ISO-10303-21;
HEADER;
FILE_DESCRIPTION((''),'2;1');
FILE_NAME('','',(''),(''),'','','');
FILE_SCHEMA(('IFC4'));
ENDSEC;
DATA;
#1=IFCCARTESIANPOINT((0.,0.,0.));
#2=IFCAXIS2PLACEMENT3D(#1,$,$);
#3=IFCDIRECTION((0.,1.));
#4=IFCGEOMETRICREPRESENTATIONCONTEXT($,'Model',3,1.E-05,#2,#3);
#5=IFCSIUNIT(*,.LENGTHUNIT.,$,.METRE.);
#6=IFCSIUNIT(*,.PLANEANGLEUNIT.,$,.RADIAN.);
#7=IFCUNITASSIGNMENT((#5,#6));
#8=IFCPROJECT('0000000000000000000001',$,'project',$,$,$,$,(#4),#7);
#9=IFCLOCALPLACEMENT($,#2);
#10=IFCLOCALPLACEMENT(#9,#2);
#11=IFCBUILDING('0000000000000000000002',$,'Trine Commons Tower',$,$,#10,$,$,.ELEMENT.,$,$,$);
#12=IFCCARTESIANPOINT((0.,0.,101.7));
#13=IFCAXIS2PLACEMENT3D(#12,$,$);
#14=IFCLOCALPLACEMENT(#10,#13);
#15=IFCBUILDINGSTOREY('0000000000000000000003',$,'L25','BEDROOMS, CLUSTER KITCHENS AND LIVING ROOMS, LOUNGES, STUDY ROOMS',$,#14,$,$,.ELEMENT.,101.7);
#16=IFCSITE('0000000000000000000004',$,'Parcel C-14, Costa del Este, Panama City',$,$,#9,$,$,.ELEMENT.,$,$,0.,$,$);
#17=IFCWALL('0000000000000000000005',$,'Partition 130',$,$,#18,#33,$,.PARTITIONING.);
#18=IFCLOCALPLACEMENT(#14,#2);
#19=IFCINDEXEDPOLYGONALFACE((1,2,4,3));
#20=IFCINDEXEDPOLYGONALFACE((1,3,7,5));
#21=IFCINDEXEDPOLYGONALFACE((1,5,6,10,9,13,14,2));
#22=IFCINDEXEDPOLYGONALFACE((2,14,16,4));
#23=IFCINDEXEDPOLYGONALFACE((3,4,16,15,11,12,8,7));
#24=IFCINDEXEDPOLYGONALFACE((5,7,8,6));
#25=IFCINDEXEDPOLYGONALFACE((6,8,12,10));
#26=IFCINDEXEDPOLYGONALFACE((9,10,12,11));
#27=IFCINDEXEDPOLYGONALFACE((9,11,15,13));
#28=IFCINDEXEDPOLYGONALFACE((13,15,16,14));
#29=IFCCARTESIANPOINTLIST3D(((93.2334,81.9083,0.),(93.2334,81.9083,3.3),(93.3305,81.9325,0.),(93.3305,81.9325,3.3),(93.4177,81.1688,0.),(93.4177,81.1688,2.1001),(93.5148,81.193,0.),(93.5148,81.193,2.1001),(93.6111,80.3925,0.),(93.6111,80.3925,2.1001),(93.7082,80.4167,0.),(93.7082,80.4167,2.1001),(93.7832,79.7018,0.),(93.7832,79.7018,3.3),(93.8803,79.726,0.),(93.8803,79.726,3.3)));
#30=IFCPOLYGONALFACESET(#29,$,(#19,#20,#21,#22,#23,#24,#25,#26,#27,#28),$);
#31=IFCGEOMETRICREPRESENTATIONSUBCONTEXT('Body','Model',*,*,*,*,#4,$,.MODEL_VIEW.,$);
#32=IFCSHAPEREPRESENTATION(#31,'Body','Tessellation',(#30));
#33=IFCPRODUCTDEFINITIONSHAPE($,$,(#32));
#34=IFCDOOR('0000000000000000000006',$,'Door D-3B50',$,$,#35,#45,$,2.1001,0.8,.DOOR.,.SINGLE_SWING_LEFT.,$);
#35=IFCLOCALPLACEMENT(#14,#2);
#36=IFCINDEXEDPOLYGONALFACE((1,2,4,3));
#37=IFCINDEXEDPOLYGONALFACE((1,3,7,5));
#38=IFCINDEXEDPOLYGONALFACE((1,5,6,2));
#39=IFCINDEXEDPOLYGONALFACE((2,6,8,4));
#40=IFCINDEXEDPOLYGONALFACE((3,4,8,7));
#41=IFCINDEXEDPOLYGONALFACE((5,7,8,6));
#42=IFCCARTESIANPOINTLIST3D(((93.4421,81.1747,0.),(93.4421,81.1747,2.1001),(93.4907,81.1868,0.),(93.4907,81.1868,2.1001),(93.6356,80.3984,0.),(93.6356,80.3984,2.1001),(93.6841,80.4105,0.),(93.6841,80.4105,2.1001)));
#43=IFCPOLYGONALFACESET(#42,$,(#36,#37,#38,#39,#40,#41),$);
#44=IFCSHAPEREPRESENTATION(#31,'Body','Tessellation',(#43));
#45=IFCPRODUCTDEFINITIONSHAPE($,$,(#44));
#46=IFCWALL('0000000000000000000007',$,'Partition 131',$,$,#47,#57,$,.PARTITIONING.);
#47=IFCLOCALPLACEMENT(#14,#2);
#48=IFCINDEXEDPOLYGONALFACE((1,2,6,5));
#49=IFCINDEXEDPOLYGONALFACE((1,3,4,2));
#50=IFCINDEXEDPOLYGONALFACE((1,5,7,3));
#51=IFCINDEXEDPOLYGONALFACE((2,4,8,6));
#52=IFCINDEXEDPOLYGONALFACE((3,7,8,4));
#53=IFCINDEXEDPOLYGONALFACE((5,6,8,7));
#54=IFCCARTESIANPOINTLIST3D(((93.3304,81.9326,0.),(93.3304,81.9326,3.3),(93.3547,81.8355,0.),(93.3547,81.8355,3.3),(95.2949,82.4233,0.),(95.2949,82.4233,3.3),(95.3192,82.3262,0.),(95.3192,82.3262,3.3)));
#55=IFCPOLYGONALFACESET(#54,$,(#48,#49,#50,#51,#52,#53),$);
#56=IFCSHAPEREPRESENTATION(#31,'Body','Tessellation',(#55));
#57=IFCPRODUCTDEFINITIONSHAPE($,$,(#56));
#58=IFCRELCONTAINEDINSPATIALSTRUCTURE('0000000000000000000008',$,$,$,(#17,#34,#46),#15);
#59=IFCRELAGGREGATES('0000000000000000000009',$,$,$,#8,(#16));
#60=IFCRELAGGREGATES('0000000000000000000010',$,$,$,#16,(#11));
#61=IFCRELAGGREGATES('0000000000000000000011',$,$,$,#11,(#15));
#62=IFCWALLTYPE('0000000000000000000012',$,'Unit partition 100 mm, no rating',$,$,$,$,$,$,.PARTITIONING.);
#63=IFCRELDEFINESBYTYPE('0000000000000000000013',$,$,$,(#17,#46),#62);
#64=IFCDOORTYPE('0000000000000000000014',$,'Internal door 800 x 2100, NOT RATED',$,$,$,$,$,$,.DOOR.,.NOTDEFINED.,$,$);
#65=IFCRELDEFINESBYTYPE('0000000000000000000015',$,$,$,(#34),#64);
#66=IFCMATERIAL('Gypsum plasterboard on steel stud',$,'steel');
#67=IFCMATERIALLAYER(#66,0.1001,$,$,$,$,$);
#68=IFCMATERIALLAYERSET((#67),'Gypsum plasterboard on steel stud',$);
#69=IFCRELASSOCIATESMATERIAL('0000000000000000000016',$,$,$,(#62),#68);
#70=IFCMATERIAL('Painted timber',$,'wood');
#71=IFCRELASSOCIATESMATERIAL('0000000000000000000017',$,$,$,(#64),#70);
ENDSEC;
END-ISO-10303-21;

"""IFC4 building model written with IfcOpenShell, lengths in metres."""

from ifc_helpers import new_model, si_unit, direction, frame, frame_2d, origin, place, context, subcontext, project, spatial, rectangle, extrude, material, layer, layer_set, type_object, element, fill, save


model = new_model("IFC4")

# Units and contexts
model_context = context("Model", 3, precision=1e-05, world=origin(), true_north=direction((0.0, 1.0)))
body_context = subcontext(model_context, "Body", "Model", "MODEL_VIEW")
ifc_project = project(units=[si_unit("LENGTHUNIT", "METRE"), si_unit("PLANEANGLEUNIT", "RADIAN")], contexts=[model_context])

# Site, building, storey
site_placement = place(None, origin())
site = spatial("IfcSite", under=ifc_project, at=site_placement, Name="Parcel C-14, Costa del Este, Panama City", CompositionType="ELEMENT", RefElevation=0.0)
building_placement = place(site_placement, origin())
building = spatial("IfcBuilding", under=site, at=building_placement, Name="Trine Commons Tower", CompositionType="ELEMENT")
storey_placement = place(building_placement, frame((0.0, 0.0, 101.7)))
storey = spatial("IfcBuildingStorey", under=building, at=storey_placement, Name="L25", Description="BEDROOMS, CLUSTER KITCHENS AND LIVING ROOMS, LOUNGES, STUDY ROOMS", CompositionType="ELEMENT", Elevation=101.7)

# Shared definitions
ifc_material_1 = material(Name="Gypsum plasterboard on steel stud", Category="steel")

# Wall, opening, door
ifc_layer_1 = layer(ifc_material_1, 0.1001)
ifc_layer_set_1 = layer_set([ifc_layer_1], Name="Gypsum plasterboard on steel stud")
wall_type_1 = type_object("IfcWallType", Name="Unit partition 100 mm, no rating", PredefinedType="PARTITIONING", material=ifc_layer_set_1)
wall_1_placement = place(storey_placement, frame((93.282, 81.9204, 0.0), z_axis=(0.0, 0.0, 1.0), x_axis=(0.241778, -0.970332, 0.0)))
wall_1 = element("IfcWall", 1, at=wall_1_placement, inside=storey, type_object=wall_type_1, Name="Partition 130", PredefinedType="PARTITIONING", context=body_context, shape_type="SweptSolid", body=[
    extrude(rectangle(XDim=2.2739, YDim=0.1001, at=frame_2d((1.137, 0.0))), origin(), (0.0, 0.0, 1.0), 3.3),
])
opening_1_placement = place(wall_1_placement, frame((0.7622, 0.0, 0.0)))
opening_1 = element("IfcOpeningElement", 2, at=opening_1_placement, cuts=wall_1, PredefinedType="OPENING", context=body_context, shape_type="SweptSolid", body=[
    extrude(rectangle(XDim=0.8, YDim=2.1001, at=frame_2d((0.3999, 1.05))), frame((0.0, 0.0601, 0.0), z_axis=(0.0, -1.0, 0.0), x_axis=(1.0, 0.0, 0.0)), (0.0, 0.0, 1.0), 0.1201),
])
ifc_material_2 = material(Name="Painted timber", Category="wood")
door_type_1 = type_object("IfcDoorType", Name="Internal door 800 x 2100, NOT RATED", OperationType="NOTDEFINED", PredefinedType="DOOR", material=ifc_material_2)
door_1_placement = place(opening_1_placement, frame((0.8, 0.0, 0.0), z_axis=(0.0, 0.0, 1.0), x_axis=(-1.0, 0.0, 0.0)))
door_1 = element("IfcDoor", 3, at=door_1_placement, inside=storey, type_object=door_type_1, Name="Door D-3B50", OperationType="SINGLE_SWING_LEFT", OverallHeight=2.1001, OverallWidth=0.8, PredefinedType="DOOR", context=body_context, shape_type="SweptSolid", body=[
    extrude(rectangle(XDim=0.8, YDim=2.1001, at=frame_2d((0.3999, 1.05))), frame((0.0, 0.0249, 0.0), z_axis=(0.0, -1.0, 0.0), x_axis=(1.0, 0.0, 0.0)), (0.0, 0.0, 1.0), 0.05),
])
fill(opening_1, door_1)

# Wall
wall_2_placement = place(storey_placement, frame((93.3425, 81.884, 0.0), z_axis=(0.0, 0.0, 1.0), x_axis=(0.970192, 0.242337, 0.0)))
element("IfcWall", 4, at=wall_2_placement, inside=storey, type_object=wall_type_1, Name="Partition 131", PredefinedType="PARTITIONING", context=body_context, shape_type="SweptSolid", body=[
    extrude(rectangle(XDim=2.0249, YDim=0.1001, at=frame_2d((1.0125, 0.0))), origin(), (0.0, 0.0, 1.0), 3.3),
])

save(model, "model.ifc")
